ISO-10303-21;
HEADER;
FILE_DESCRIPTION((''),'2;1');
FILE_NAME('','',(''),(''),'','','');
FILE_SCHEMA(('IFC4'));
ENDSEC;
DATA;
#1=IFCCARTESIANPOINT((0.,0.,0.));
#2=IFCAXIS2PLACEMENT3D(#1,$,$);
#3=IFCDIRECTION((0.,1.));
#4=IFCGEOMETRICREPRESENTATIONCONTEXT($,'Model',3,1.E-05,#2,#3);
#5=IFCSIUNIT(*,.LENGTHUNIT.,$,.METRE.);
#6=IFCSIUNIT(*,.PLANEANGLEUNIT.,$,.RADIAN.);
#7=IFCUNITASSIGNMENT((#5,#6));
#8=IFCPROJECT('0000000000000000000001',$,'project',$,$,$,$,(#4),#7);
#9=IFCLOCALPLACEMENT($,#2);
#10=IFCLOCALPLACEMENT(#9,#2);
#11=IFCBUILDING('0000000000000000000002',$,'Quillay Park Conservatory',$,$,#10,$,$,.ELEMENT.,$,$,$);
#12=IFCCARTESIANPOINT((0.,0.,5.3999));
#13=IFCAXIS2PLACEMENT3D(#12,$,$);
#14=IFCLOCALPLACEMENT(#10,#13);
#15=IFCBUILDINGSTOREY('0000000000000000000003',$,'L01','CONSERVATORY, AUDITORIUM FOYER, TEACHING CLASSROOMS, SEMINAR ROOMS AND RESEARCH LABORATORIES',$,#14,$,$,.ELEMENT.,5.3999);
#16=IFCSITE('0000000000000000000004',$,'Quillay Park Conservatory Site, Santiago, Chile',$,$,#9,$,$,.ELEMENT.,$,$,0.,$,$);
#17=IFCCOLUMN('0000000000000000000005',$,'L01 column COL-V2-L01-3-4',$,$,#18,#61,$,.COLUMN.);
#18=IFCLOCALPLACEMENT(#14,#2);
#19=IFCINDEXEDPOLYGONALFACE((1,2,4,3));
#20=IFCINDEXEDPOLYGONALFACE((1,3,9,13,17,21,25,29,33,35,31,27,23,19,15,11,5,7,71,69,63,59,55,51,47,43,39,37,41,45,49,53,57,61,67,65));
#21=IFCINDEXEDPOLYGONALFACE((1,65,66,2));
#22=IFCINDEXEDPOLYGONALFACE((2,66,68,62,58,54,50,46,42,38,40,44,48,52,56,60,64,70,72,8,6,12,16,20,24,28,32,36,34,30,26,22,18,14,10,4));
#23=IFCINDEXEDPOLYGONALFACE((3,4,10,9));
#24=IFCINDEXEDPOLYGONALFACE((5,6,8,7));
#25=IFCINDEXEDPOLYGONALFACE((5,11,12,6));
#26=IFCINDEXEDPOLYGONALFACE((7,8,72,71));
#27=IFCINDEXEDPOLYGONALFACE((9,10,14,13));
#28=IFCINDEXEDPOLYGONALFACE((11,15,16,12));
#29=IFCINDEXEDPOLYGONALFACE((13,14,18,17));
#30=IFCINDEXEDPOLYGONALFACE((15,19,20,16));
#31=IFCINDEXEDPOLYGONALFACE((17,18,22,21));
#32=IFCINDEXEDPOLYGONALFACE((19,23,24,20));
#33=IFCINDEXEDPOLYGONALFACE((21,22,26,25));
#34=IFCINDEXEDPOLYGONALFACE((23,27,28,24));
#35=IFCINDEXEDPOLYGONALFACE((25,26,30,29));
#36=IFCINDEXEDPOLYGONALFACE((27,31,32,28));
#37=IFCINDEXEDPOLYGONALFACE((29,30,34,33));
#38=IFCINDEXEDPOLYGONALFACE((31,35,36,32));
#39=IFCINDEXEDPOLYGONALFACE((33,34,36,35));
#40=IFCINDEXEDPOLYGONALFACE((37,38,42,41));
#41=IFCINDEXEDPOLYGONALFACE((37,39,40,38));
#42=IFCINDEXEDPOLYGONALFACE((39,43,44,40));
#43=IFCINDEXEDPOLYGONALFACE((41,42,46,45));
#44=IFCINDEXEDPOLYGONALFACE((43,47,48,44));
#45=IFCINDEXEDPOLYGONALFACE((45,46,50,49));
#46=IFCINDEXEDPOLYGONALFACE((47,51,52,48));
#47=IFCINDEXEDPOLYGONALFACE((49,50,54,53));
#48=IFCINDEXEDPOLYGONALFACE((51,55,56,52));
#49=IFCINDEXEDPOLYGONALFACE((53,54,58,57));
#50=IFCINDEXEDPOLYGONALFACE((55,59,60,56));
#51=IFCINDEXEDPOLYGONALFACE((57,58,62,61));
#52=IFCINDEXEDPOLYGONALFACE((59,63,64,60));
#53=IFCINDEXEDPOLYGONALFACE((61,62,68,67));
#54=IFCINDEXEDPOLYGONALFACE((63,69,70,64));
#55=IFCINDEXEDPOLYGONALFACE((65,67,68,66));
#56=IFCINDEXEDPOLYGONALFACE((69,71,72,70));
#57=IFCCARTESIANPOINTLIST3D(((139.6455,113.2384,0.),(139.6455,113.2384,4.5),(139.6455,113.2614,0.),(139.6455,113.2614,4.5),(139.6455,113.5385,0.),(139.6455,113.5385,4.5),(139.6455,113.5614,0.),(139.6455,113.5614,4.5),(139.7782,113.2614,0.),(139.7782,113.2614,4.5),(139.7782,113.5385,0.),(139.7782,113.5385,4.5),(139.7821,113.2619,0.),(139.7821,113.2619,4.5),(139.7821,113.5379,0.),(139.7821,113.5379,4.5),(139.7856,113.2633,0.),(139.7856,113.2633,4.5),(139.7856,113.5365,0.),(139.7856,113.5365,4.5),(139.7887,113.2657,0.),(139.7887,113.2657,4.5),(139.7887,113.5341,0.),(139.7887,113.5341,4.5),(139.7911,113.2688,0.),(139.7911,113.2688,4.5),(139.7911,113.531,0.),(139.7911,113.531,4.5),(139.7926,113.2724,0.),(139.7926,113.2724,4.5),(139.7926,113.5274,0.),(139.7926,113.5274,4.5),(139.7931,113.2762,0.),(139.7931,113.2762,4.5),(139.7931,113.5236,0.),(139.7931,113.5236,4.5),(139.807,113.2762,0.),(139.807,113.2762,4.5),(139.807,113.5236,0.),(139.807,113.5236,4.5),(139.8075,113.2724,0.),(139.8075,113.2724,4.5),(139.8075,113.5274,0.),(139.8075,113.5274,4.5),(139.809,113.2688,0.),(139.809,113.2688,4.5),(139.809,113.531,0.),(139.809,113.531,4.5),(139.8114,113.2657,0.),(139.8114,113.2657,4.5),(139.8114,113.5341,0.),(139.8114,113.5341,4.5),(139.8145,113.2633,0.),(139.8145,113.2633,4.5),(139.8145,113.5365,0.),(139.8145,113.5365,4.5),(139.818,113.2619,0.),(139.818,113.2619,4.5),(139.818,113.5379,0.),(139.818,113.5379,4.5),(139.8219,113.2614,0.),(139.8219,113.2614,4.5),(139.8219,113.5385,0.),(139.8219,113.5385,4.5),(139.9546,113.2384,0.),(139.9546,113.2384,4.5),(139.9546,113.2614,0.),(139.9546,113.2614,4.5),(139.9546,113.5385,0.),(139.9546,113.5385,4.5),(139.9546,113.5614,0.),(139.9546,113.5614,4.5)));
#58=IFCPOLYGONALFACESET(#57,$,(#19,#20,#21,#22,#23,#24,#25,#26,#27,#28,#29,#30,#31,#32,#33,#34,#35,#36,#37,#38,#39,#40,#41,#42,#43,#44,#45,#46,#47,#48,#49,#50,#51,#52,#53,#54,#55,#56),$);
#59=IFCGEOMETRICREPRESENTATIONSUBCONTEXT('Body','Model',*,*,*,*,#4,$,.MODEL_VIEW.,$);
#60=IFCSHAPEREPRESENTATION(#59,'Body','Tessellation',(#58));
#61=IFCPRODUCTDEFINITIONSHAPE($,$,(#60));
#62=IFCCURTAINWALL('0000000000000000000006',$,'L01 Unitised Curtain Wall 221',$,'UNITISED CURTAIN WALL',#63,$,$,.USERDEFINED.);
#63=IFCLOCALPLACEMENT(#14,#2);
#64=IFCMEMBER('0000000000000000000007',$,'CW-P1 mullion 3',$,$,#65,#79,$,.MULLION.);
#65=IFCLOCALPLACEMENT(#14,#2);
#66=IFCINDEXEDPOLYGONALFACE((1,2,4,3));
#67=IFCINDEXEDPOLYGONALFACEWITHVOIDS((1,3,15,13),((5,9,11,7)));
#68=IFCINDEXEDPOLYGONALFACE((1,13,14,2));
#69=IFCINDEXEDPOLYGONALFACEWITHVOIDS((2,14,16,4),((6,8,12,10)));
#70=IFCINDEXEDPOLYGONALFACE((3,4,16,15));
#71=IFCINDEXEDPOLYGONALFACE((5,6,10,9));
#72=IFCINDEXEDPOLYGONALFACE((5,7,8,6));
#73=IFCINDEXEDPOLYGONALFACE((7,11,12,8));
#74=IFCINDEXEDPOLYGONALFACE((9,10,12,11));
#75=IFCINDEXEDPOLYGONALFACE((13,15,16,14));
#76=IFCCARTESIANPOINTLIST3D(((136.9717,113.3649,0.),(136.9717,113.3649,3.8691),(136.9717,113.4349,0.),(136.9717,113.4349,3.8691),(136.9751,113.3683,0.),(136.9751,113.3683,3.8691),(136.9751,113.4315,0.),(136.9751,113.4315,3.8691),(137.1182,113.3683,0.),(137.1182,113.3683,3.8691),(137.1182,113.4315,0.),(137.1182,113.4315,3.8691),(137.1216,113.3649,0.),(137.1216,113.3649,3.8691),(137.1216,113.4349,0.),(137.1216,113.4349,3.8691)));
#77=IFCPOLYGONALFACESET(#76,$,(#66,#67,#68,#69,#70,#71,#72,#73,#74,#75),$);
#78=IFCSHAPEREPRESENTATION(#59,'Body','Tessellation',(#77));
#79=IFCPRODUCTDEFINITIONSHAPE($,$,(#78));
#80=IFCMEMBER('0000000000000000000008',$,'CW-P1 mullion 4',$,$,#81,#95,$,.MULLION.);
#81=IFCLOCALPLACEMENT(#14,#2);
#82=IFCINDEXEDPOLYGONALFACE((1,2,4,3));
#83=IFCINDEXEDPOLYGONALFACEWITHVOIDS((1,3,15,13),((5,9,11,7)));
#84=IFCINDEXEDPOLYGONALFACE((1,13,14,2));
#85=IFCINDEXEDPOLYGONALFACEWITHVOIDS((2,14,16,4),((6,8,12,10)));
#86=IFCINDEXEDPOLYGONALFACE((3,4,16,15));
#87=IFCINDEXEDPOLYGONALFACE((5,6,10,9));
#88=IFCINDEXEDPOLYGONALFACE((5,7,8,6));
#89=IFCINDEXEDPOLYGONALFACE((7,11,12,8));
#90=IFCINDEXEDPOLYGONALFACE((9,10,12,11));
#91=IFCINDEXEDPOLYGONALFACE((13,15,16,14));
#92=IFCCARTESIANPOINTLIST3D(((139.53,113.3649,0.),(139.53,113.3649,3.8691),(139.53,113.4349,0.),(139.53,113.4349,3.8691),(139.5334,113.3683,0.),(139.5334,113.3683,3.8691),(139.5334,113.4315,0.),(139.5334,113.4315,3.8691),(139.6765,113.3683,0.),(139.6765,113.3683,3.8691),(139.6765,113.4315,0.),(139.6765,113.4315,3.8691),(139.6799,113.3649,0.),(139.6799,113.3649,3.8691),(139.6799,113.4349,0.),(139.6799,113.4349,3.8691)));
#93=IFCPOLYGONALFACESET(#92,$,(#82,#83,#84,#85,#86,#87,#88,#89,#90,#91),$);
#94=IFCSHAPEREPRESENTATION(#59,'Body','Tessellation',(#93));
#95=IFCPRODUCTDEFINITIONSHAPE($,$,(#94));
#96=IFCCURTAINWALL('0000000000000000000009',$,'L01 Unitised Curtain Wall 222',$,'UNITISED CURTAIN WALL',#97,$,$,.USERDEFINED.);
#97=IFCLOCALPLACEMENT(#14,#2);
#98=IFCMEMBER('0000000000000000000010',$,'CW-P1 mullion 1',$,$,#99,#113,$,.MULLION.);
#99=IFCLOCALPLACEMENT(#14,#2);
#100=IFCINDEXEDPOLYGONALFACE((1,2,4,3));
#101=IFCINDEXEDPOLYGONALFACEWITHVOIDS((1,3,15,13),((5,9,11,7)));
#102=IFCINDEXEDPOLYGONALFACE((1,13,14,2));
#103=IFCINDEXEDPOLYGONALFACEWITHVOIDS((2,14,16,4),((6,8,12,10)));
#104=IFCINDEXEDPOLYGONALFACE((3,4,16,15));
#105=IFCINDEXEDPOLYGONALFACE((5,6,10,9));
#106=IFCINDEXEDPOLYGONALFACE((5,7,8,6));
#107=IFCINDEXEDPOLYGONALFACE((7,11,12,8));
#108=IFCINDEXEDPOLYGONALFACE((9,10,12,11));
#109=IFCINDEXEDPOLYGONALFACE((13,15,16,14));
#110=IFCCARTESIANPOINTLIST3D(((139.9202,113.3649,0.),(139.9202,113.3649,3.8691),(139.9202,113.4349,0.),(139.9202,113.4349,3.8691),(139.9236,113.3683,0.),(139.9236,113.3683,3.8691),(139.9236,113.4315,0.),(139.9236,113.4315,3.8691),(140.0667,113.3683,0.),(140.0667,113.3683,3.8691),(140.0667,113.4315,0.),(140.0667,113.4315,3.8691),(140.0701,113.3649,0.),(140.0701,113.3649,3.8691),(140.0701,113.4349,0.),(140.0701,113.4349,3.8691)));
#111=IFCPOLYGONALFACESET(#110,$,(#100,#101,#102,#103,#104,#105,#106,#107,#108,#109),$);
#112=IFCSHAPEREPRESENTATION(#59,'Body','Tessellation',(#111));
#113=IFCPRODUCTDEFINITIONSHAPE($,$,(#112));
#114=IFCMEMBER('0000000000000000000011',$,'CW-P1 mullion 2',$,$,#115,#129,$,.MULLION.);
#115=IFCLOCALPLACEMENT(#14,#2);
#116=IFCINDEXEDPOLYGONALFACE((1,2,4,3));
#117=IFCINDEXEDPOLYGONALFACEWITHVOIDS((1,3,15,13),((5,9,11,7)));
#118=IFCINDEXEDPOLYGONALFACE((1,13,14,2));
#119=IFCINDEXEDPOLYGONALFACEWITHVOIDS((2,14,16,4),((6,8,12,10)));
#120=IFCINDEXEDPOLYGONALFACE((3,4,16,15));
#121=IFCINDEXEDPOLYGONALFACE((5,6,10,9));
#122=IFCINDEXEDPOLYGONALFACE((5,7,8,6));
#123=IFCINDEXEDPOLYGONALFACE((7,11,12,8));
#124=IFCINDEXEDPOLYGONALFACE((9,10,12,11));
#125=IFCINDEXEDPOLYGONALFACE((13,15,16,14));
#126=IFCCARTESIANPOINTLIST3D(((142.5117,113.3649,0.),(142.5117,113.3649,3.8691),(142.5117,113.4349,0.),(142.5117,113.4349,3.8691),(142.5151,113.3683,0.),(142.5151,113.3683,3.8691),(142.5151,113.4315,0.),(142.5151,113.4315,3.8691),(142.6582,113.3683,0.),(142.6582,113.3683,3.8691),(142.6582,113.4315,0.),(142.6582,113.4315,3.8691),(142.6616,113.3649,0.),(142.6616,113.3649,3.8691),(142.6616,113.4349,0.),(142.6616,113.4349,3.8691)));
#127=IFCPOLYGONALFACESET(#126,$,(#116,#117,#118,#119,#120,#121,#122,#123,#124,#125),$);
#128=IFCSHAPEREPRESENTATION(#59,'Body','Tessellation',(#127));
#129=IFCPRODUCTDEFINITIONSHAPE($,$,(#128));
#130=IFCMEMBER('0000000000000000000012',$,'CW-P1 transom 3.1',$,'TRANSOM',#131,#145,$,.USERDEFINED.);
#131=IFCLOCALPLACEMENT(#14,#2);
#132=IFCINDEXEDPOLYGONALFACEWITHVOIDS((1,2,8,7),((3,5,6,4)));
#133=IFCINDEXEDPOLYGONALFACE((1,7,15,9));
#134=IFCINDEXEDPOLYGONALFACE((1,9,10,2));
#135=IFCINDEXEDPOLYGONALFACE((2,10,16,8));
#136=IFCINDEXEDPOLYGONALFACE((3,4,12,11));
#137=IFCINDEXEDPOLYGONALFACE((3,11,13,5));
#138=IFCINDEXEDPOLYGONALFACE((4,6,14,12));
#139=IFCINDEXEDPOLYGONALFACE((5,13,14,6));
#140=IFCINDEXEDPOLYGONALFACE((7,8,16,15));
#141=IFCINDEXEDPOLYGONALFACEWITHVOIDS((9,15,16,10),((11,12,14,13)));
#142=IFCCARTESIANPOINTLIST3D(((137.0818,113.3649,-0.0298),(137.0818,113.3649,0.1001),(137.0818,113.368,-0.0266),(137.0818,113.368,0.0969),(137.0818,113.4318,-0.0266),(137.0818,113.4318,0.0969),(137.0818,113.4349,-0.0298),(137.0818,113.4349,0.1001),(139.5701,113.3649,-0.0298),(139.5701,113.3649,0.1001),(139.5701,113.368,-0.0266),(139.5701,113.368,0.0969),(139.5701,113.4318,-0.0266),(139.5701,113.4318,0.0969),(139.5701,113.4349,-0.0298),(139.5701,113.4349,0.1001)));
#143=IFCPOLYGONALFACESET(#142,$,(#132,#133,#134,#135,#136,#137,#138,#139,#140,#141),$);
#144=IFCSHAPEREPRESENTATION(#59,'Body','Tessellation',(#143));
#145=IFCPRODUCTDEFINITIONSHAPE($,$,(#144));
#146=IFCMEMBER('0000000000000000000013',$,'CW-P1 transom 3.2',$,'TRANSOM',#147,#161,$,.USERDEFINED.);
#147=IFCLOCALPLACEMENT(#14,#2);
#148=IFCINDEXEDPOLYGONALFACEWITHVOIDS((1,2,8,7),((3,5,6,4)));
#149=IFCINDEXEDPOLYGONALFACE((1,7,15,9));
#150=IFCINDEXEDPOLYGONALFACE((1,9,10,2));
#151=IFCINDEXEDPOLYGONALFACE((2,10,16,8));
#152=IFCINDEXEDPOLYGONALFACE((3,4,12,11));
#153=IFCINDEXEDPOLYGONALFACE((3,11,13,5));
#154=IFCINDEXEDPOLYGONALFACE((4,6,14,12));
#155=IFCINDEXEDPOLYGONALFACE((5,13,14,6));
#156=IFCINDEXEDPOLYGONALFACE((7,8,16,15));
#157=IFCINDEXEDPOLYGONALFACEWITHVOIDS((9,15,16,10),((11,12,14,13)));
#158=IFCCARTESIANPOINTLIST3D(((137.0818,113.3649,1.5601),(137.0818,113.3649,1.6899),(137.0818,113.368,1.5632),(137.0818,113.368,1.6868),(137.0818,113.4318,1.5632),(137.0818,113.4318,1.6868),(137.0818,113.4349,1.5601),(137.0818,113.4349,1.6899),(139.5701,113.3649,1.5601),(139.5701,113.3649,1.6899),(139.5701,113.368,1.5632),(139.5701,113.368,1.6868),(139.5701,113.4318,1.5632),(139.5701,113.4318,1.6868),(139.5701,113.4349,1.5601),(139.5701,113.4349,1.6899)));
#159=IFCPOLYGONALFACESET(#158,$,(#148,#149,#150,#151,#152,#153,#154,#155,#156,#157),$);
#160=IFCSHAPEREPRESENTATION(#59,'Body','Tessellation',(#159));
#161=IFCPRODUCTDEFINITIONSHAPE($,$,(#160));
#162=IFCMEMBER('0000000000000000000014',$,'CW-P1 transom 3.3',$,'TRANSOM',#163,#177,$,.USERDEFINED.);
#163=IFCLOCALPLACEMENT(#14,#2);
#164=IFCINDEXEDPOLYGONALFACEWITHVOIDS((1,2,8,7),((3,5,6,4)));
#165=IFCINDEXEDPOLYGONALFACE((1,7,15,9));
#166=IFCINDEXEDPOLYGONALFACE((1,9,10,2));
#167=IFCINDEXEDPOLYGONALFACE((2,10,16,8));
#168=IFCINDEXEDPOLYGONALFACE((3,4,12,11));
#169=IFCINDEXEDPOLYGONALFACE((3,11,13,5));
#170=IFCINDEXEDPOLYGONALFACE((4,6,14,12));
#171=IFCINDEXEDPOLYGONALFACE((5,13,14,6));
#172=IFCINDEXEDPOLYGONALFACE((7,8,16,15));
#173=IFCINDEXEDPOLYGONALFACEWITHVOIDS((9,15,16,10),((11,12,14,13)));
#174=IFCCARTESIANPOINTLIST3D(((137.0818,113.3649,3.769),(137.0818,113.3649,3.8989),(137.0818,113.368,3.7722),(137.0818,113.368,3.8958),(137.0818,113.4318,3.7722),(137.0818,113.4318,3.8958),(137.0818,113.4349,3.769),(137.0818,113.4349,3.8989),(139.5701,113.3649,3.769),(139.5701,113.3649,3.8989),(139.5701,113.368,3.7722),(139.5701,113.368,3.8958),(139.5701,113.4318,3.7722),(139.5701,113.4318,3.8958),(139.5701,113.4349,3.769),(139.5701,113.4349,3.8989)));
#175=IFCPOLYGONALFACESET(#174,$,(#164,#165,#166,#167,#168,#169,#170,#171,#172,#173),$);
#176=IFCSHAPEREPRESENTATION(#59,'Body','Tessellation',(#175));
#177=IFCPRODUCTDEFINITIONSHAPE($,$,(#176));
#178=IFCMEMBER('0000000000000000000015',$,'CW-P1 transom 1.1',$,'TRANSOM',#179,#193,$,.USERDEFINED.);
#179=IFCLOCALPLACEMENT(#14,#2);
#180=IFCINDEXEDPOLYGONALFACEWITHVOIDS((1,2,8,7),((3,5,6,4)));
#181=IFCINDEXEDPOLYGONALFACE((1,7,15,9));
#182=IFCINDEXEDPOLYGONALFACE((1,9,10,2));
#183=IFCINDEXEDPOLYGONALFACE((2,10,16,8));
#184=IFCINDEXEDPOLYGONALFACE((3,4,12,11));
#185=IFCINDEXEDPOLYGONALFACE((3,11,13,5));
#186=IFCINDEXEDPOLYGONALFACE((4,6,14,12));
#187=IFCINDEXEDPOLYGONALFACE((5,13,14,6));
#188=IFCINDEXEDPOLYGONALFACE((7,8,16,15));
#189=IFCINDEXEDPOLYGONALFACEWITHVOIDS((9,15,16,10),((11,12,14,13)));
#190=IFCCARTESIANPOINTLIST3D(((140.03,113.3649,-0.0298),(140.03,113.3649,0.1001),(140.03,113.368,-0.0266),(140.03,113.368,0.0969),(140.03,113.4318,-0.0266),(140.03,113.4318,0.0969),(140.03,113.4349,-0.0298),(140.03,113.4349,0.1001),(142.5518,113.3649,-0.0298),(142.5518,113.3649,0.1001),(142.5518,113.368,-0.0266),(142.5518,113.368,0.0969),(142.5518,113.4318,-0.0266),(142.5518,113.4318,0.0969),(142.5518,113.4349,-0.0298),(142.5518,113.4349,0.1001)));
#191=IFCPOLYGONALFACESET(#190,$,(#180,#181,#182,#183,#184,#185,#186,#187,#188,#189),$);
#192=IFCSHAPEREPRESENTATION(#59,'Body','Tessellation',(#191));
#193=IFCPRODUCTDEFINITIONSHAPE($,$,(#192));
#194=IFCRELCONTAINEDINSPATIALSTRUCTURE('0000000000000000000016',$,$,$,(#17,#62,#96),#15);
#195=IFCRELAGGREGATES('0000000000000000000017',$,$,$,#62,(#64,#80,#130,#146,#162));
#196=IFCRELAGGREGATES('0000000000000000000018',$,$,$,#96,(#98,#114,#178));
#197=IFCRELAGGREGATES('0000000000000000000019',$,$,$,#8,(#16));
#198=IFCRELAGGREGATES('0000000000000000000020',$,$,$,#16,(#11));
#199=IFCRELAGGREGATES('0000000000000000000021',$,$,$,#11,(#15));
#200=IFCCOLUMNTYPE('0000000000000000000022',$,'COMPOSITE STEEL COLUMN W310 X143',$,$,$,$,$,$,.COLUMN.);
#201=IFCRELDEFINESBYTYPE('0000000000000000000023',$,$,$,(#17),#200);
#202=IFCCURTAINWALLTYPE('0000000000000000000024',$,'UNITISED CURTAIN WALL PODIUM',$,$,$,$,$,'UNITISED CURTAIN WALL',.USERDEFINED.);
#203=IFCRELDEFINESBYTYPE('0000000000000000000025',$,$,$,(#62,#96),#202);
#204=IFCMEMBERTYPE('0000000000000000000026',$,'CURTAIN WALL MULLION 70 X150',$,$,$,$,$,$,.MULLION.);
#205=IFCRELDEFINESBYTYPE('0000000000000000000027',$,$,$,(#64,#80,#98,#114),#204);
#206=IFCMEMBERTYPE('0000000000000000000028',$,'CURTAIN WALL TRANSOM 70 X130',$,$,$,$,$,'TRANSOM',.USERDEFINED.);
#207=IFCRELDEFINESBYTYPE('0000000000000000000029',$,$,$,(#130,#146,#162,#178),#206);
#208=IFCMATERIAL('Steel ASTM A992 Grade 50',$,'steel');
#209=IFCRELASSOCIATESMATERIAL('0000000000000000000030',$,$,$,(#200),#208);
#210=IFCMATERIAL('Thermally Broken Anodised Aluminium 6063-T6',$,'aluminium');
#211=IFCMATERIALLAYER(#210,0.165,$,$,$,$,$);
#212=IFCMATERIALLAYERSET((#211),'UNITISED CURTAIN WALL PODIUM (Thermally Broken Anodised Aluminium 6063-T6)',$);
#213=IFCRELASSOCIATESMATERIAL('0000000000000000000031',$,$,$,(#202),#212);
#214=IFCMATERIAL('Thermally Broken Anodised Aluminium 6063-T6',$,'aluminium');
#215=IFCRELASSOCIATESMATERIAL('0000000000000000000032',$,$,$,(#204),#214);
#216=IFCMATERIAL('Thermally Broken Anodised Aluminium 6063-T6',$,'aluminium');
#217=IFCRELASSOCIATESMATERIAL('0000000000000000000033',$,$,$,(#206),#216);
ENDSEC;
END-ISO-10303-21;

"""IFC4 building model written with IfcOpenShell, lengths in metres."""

from ifc_helpers import new_model, si_unit, direction, frame, origin, origin_2d, place, context, subcontext, project, spatial, hollow_rectangle, i_section, extrude, material, layer, layer_set, material_profile, profile_set, type_object, element, aggregate, save


model = new_model("IFC4")

# Units and contexts
model_context = context("Model", 3, precision=1e-05, world=origin(), true_north=direction((0.0, 1.0)))
body_context = subcontext(model_context, "Body", "Model", "MODEL_VIEW")
ifc_project = project(units=[si_unit("LENGTHUNIT", "METRE"), si_unit("PLANEANGLEUNIT", "RADIAN")], contexts=[model_context])

# Site, building, storey
site_placement = place(None, origin())
site = spatial("IfcSite", under=ifc_project, at=site_placement, Name="Quillay Park Conservatory Site, Santiago, Chile", CompositionType="ELEMENT", RefElevation=0.0)
building_placement = place(site_placement, origin())
building = spatial("IfcBuilding", under=site, at=building_placement, Name="Quillay Park Conservatory", CompositionType="ELEMENT")
storey_placement = place(building_placement, frame((0.0, 0.0, 5.3999)))
storey = spatial("IfcBuildingStorey", under=building, at=storey_placement, Name="L01", Description="CONSERVATORY, AUDITORIUM FOYER, TEACHING CLASSROOMS, SEMINAR ROOMS AND RESEARCH LABORATORIES", CompositionType="ELEMENT", Elevation=5.3999)

# Column
ifc_material_1 = material(Name="Steel ASTM A992 Grade 50", Category="steel")
ifc_material_profile_1 = material_profile(ifc_material_1, i_section(OverallWidth=0.3091, OverallDepth=0.323, WebThickness=0.0139, FlangeThickness=0.0229, FilletRadius=0.0149, at=origin_2d()), Name="W310x143")
ifc_profile_set_1 = profile_set([ifc_material_profile_1], Name="Steel ASTM A992 Grade 50")
column_type = type_object("IfcColumnType", Name="COMPOSITE STEEL COLUMN W310 X143", PredefinedType="COLUMN", material=ifc_profile_set_1)
column_placement = place(storey_placement, frame((139.8, 113.3999, 0.0), z_axis=(0.0, 0.0, 1.0), x_axis=(1.0, 0.0, 0.0)))
element("IfcColumn", 1, at=column_placement, inside=storey, type_object=column_type, Name="L01 column COL-V2-L01-3-4", PredefinedType="COLUMN", context=body_context, shape_type="SweptSolid", body=[
    extrude(i_section(OverallWidth=0.3091, OverallDepth=0.323, WebThickness=0.0139, FlangeThickness=0.0229, FilletRadius=0.0149, at=origin_2d()), origin(), (0.0, 0.0, 1.0), 4.5),
])

# Curtain walls, members
ifc_material_2 = material(Name="Thermally Broken Anodised Aluminium 6063-T6", Category="aluminium")
ifc_layer_1 = layer(ifc_material_2, 0.165)
ifc_layer_set_1 = layer_set([ifc_layer_1], Name="UNITISED CURTAIN WALL PODIUM (Thermally Broken Anodised Aluminium 6063-T6)")
curtain_wall_type = type_object("IfcCurtainWallType", Name="UNITISED CURTAIN WALL PODIUM", ElementType="UNITISED CURTAIN WALL", PredefinedType="USERDEFINED", material=ifc_layer_set_1)
curtain_wall_1_placement = place(storey_placement, origin())
curtain_wall_1 = element("IfcCurtainWall", 2, at=curtain_wall_1_placement, inside=storey, type_object=curtain_wall_type, Name="L01 Unitised Curtain Wall 221", ObjectType="UNITISED CURTAIN WALL", PredefinedType="USERDEFINED")
ifc_material_3 = material(Name="Thermally Broken Anodised Aluminium 6063-T6", Category="aluminium")
ifc_material_profile_2 = material_profile(ifc_material_3, hollow_rectangle(XDim=0.0701, YDim=0.1499, WallThickness=0.0034, at=origin_2d()), Name="AL70x150x3.5")
ifc_profile_set_2 = profile_set([ifc_material_profile_2], Name="Thermally Broken Anodised Aluminium 6063-T6")
member_type_1 = type_object("IfcMemberType", Name="CURTAIN WALL MULLION 70 X150", PredefinedType="MULLION", material=ifc_profile_set_2)
member_1_placement = place(storey_placement, frame((137.0466, 113.3999, 0.0), z_axis=(0.0, 0.0, 1.0), x_axis=(0.0, 1.0, 0.0)))
member_1 = element("IfcMember", 3, at=member_1_placement, type_object=member_type_1, Name="CW-P1 mullion 3", PredefinedType="MULLION", context=body_context, shape_type="SweptSolid", body=[
    extrude(hollow_rectangle(XDim=0.0701, YDim=0.1499, WallThickness=0.0034, at=origin_2d()), origin(), (0.0, 0.0, 1.0), 3.8691),
])
member_2_placement = place(storey_placement, frame((139.605, 113.3999, 0.0), z_axis=(0.0, 0.0, 1.0), x_axis=(0.0, 1.0, 0.0)))
member_2 = element("IfcMember", 4, at=member_2_placement, type_object=member_type_1, Name="CW-P1 mullion 4", PredefinedType="MULLION", context=body_context, shape_type="SweptSolid", body=[
    extrude(hollow_rectangle(XDim=0.0701, YDim=0.1499, WallThickness=0.0034, at=origin_2d()), origin(), (0.0, 0.0, 1.0), 3.8691),
])
curtain_wall_2_placement = place(storey_placement, origin())
curtain_wall_2 = element("IfcCurtainWall", 5, at=curtain_wall_2_placement, inside=storey, type_object=curtain_wall_type, Name="L01 Unitised Curtain Wall 222", ObjectType="UNITISED CURTAIN WALL", PredefinedType="USERDEFINED")
member_3_placement = place(storey_placement, frame((139.9951, 113.3999, 0.0), z_axis=(0.0, 0.0, 1.0), x_axis=(0.0, 1.0, 0.0)))
member_3 = element("IfcMember", 6, at=member_3_placement, type_object=member_type_1, Name="CW-P1 mullion 1", PredefinedType="MULLION", context=body_context, shape_type="SweptSolid", body=[
    extrude(hollow_rectangle(XDim=0.0701, YDim=0.1499, WallThickness=0.0034, at=origin_2d()), origin(), (0.0, 0.0, 1.0), 3.8691),
])
member_4_placement = place(storey_placement, frame((142.5867, 113.3999, 0.0), z_axis=(0.0, 0.0, 1.0), x_axis=(0.0, 1.0, 0.0)))
member_4 = element("IfcMember", 7, at=member_4_placement, type_object=member_type_1, Name="CW-P1 mullion 2", PredefinedType="MULLION", context=body_context, shape_type="SweptSolid", body=[
    extrude(hollow_rectangle(XDim=0.0701, YDim=0.1499, WallThickness=0.0034, at=origin_2d()), origin(), (0.0, 0.0, 1.0), 3.8691),
])

# Members
ifc_material_4 = material(Name="Thermally Broken Anodised Aluminium 6063-T6", Category="aluminium")
ifc_material_profile_3 = material_profile(ifc_material_4, hollow_rectangle(XDim=0.0701, YDim=0.1299, WallThickness=0.0032, at=origin_2d()), Name="AL70x130x3.2")
ifc_profile_set_3 = profile_set([ifc_material_profile_3], Name="Thermally Broken Anodised Aluminium 6063-T6")
member_type_2 = type_object("IfcMemberType", Name="CURTAIN WALL TRANSOM 70 X130", ElementType="TRANSOM", PredefinedType="USERDEFINED", material=ifc_profile_set_3)
member_5_placement = place(storey_placement, frame((137.0818, 113.3999, 0.0352), z_axis=(1.0, 0.0, 0.0), x_axis=(0.0, 1.0, 0.0)))
member_5 = element("IfcMember", 8, at=member_5_placement, type_object=member_type_2, Name="CW-P1 transom 3.1", ObjectType="TRANSOM", PredefinedType="USERDEFINED", context=body_context, shape_type="SweptSolid", body=[
    extrude(hollow_rectangle(XDim=0.0701, YDim=0.1299, WallThickness=0.0032, at=origin_2d()), origin(), (0.0, 0.0, 1.0), 2.4883),
])
member_6_placement = place(storey_placement, frame((137.0818, 113.3999, 1.625), z_axis=(1.0, 0.0, 0.0), x_axis=(0.0, 1.0, 0.0)))
member_6 = element("IfcMember", 9, at=member_6_placement, type_object=member_type_2, Name="CW-P1 transom 3.2", ObjectType="TRANSOM", PredefinedType="USERDEFINED", context=body_context, shape_type="SweptSolid", body=[
    extrude(hollow_rectangle(XDim=0.0701, YDim=0.1299, WallThickness=0.0032, at=origin_2d()), origin(), (0.0, 0.0, 1.0), 2.4883),
])
member_7_placement = place(storey_placement, frame((137.0818, 113.3999, 3.834), z_axis=(1.0, 0.0, 0.0), x_axis=(0.0, 1.0, 0.0)))
member_7 = element("IfcMember", 10, at=member_7_placement, type_object=member_type_2, Name="CW-P1 transom 3.3", ObjectType="TRANSOM", PredefinedType="USERDEFINED", context=body_context, shape_type="SweptSolid", body=[
    extrude(hollow_rectangle(XDim=0.0701, YDim=0.1299, WallThickness=0.0032, at=origin_2d()), origin(), (0.0, 0.0, 1.0), 2.4883),
])
member_8_placement = place(storey_placement, frame((140.03, 113.3999, 0.0352), z_axis=(1.0, 0.0, 0.0), x_axis=(0.0, 1.0, 0.0)))
member_8 = element("IfcMember", 11, at=member_8_placement, type_object=member_type_2, Name="CW-P1 transom 1.1", ObjectType="TRANSOM", PredefinedType="USERDEFINED", context=body_context, shape_type="SweptSolid", body=[
    extrude(hollow_rectangle(XDim=0.0701, YDim=0.1299, WallThickness=0.0032, at=origin_2d()), origin(), (0.0, 0.0, 1.0), 2.5217),
])

aggregate(curtain_wall_1, [member_1, member_2, member_5, member_6, member_7])
aggregate(curtain_wall_2, [member_3, member_4, member_8])

save(model, "model.ifc")
